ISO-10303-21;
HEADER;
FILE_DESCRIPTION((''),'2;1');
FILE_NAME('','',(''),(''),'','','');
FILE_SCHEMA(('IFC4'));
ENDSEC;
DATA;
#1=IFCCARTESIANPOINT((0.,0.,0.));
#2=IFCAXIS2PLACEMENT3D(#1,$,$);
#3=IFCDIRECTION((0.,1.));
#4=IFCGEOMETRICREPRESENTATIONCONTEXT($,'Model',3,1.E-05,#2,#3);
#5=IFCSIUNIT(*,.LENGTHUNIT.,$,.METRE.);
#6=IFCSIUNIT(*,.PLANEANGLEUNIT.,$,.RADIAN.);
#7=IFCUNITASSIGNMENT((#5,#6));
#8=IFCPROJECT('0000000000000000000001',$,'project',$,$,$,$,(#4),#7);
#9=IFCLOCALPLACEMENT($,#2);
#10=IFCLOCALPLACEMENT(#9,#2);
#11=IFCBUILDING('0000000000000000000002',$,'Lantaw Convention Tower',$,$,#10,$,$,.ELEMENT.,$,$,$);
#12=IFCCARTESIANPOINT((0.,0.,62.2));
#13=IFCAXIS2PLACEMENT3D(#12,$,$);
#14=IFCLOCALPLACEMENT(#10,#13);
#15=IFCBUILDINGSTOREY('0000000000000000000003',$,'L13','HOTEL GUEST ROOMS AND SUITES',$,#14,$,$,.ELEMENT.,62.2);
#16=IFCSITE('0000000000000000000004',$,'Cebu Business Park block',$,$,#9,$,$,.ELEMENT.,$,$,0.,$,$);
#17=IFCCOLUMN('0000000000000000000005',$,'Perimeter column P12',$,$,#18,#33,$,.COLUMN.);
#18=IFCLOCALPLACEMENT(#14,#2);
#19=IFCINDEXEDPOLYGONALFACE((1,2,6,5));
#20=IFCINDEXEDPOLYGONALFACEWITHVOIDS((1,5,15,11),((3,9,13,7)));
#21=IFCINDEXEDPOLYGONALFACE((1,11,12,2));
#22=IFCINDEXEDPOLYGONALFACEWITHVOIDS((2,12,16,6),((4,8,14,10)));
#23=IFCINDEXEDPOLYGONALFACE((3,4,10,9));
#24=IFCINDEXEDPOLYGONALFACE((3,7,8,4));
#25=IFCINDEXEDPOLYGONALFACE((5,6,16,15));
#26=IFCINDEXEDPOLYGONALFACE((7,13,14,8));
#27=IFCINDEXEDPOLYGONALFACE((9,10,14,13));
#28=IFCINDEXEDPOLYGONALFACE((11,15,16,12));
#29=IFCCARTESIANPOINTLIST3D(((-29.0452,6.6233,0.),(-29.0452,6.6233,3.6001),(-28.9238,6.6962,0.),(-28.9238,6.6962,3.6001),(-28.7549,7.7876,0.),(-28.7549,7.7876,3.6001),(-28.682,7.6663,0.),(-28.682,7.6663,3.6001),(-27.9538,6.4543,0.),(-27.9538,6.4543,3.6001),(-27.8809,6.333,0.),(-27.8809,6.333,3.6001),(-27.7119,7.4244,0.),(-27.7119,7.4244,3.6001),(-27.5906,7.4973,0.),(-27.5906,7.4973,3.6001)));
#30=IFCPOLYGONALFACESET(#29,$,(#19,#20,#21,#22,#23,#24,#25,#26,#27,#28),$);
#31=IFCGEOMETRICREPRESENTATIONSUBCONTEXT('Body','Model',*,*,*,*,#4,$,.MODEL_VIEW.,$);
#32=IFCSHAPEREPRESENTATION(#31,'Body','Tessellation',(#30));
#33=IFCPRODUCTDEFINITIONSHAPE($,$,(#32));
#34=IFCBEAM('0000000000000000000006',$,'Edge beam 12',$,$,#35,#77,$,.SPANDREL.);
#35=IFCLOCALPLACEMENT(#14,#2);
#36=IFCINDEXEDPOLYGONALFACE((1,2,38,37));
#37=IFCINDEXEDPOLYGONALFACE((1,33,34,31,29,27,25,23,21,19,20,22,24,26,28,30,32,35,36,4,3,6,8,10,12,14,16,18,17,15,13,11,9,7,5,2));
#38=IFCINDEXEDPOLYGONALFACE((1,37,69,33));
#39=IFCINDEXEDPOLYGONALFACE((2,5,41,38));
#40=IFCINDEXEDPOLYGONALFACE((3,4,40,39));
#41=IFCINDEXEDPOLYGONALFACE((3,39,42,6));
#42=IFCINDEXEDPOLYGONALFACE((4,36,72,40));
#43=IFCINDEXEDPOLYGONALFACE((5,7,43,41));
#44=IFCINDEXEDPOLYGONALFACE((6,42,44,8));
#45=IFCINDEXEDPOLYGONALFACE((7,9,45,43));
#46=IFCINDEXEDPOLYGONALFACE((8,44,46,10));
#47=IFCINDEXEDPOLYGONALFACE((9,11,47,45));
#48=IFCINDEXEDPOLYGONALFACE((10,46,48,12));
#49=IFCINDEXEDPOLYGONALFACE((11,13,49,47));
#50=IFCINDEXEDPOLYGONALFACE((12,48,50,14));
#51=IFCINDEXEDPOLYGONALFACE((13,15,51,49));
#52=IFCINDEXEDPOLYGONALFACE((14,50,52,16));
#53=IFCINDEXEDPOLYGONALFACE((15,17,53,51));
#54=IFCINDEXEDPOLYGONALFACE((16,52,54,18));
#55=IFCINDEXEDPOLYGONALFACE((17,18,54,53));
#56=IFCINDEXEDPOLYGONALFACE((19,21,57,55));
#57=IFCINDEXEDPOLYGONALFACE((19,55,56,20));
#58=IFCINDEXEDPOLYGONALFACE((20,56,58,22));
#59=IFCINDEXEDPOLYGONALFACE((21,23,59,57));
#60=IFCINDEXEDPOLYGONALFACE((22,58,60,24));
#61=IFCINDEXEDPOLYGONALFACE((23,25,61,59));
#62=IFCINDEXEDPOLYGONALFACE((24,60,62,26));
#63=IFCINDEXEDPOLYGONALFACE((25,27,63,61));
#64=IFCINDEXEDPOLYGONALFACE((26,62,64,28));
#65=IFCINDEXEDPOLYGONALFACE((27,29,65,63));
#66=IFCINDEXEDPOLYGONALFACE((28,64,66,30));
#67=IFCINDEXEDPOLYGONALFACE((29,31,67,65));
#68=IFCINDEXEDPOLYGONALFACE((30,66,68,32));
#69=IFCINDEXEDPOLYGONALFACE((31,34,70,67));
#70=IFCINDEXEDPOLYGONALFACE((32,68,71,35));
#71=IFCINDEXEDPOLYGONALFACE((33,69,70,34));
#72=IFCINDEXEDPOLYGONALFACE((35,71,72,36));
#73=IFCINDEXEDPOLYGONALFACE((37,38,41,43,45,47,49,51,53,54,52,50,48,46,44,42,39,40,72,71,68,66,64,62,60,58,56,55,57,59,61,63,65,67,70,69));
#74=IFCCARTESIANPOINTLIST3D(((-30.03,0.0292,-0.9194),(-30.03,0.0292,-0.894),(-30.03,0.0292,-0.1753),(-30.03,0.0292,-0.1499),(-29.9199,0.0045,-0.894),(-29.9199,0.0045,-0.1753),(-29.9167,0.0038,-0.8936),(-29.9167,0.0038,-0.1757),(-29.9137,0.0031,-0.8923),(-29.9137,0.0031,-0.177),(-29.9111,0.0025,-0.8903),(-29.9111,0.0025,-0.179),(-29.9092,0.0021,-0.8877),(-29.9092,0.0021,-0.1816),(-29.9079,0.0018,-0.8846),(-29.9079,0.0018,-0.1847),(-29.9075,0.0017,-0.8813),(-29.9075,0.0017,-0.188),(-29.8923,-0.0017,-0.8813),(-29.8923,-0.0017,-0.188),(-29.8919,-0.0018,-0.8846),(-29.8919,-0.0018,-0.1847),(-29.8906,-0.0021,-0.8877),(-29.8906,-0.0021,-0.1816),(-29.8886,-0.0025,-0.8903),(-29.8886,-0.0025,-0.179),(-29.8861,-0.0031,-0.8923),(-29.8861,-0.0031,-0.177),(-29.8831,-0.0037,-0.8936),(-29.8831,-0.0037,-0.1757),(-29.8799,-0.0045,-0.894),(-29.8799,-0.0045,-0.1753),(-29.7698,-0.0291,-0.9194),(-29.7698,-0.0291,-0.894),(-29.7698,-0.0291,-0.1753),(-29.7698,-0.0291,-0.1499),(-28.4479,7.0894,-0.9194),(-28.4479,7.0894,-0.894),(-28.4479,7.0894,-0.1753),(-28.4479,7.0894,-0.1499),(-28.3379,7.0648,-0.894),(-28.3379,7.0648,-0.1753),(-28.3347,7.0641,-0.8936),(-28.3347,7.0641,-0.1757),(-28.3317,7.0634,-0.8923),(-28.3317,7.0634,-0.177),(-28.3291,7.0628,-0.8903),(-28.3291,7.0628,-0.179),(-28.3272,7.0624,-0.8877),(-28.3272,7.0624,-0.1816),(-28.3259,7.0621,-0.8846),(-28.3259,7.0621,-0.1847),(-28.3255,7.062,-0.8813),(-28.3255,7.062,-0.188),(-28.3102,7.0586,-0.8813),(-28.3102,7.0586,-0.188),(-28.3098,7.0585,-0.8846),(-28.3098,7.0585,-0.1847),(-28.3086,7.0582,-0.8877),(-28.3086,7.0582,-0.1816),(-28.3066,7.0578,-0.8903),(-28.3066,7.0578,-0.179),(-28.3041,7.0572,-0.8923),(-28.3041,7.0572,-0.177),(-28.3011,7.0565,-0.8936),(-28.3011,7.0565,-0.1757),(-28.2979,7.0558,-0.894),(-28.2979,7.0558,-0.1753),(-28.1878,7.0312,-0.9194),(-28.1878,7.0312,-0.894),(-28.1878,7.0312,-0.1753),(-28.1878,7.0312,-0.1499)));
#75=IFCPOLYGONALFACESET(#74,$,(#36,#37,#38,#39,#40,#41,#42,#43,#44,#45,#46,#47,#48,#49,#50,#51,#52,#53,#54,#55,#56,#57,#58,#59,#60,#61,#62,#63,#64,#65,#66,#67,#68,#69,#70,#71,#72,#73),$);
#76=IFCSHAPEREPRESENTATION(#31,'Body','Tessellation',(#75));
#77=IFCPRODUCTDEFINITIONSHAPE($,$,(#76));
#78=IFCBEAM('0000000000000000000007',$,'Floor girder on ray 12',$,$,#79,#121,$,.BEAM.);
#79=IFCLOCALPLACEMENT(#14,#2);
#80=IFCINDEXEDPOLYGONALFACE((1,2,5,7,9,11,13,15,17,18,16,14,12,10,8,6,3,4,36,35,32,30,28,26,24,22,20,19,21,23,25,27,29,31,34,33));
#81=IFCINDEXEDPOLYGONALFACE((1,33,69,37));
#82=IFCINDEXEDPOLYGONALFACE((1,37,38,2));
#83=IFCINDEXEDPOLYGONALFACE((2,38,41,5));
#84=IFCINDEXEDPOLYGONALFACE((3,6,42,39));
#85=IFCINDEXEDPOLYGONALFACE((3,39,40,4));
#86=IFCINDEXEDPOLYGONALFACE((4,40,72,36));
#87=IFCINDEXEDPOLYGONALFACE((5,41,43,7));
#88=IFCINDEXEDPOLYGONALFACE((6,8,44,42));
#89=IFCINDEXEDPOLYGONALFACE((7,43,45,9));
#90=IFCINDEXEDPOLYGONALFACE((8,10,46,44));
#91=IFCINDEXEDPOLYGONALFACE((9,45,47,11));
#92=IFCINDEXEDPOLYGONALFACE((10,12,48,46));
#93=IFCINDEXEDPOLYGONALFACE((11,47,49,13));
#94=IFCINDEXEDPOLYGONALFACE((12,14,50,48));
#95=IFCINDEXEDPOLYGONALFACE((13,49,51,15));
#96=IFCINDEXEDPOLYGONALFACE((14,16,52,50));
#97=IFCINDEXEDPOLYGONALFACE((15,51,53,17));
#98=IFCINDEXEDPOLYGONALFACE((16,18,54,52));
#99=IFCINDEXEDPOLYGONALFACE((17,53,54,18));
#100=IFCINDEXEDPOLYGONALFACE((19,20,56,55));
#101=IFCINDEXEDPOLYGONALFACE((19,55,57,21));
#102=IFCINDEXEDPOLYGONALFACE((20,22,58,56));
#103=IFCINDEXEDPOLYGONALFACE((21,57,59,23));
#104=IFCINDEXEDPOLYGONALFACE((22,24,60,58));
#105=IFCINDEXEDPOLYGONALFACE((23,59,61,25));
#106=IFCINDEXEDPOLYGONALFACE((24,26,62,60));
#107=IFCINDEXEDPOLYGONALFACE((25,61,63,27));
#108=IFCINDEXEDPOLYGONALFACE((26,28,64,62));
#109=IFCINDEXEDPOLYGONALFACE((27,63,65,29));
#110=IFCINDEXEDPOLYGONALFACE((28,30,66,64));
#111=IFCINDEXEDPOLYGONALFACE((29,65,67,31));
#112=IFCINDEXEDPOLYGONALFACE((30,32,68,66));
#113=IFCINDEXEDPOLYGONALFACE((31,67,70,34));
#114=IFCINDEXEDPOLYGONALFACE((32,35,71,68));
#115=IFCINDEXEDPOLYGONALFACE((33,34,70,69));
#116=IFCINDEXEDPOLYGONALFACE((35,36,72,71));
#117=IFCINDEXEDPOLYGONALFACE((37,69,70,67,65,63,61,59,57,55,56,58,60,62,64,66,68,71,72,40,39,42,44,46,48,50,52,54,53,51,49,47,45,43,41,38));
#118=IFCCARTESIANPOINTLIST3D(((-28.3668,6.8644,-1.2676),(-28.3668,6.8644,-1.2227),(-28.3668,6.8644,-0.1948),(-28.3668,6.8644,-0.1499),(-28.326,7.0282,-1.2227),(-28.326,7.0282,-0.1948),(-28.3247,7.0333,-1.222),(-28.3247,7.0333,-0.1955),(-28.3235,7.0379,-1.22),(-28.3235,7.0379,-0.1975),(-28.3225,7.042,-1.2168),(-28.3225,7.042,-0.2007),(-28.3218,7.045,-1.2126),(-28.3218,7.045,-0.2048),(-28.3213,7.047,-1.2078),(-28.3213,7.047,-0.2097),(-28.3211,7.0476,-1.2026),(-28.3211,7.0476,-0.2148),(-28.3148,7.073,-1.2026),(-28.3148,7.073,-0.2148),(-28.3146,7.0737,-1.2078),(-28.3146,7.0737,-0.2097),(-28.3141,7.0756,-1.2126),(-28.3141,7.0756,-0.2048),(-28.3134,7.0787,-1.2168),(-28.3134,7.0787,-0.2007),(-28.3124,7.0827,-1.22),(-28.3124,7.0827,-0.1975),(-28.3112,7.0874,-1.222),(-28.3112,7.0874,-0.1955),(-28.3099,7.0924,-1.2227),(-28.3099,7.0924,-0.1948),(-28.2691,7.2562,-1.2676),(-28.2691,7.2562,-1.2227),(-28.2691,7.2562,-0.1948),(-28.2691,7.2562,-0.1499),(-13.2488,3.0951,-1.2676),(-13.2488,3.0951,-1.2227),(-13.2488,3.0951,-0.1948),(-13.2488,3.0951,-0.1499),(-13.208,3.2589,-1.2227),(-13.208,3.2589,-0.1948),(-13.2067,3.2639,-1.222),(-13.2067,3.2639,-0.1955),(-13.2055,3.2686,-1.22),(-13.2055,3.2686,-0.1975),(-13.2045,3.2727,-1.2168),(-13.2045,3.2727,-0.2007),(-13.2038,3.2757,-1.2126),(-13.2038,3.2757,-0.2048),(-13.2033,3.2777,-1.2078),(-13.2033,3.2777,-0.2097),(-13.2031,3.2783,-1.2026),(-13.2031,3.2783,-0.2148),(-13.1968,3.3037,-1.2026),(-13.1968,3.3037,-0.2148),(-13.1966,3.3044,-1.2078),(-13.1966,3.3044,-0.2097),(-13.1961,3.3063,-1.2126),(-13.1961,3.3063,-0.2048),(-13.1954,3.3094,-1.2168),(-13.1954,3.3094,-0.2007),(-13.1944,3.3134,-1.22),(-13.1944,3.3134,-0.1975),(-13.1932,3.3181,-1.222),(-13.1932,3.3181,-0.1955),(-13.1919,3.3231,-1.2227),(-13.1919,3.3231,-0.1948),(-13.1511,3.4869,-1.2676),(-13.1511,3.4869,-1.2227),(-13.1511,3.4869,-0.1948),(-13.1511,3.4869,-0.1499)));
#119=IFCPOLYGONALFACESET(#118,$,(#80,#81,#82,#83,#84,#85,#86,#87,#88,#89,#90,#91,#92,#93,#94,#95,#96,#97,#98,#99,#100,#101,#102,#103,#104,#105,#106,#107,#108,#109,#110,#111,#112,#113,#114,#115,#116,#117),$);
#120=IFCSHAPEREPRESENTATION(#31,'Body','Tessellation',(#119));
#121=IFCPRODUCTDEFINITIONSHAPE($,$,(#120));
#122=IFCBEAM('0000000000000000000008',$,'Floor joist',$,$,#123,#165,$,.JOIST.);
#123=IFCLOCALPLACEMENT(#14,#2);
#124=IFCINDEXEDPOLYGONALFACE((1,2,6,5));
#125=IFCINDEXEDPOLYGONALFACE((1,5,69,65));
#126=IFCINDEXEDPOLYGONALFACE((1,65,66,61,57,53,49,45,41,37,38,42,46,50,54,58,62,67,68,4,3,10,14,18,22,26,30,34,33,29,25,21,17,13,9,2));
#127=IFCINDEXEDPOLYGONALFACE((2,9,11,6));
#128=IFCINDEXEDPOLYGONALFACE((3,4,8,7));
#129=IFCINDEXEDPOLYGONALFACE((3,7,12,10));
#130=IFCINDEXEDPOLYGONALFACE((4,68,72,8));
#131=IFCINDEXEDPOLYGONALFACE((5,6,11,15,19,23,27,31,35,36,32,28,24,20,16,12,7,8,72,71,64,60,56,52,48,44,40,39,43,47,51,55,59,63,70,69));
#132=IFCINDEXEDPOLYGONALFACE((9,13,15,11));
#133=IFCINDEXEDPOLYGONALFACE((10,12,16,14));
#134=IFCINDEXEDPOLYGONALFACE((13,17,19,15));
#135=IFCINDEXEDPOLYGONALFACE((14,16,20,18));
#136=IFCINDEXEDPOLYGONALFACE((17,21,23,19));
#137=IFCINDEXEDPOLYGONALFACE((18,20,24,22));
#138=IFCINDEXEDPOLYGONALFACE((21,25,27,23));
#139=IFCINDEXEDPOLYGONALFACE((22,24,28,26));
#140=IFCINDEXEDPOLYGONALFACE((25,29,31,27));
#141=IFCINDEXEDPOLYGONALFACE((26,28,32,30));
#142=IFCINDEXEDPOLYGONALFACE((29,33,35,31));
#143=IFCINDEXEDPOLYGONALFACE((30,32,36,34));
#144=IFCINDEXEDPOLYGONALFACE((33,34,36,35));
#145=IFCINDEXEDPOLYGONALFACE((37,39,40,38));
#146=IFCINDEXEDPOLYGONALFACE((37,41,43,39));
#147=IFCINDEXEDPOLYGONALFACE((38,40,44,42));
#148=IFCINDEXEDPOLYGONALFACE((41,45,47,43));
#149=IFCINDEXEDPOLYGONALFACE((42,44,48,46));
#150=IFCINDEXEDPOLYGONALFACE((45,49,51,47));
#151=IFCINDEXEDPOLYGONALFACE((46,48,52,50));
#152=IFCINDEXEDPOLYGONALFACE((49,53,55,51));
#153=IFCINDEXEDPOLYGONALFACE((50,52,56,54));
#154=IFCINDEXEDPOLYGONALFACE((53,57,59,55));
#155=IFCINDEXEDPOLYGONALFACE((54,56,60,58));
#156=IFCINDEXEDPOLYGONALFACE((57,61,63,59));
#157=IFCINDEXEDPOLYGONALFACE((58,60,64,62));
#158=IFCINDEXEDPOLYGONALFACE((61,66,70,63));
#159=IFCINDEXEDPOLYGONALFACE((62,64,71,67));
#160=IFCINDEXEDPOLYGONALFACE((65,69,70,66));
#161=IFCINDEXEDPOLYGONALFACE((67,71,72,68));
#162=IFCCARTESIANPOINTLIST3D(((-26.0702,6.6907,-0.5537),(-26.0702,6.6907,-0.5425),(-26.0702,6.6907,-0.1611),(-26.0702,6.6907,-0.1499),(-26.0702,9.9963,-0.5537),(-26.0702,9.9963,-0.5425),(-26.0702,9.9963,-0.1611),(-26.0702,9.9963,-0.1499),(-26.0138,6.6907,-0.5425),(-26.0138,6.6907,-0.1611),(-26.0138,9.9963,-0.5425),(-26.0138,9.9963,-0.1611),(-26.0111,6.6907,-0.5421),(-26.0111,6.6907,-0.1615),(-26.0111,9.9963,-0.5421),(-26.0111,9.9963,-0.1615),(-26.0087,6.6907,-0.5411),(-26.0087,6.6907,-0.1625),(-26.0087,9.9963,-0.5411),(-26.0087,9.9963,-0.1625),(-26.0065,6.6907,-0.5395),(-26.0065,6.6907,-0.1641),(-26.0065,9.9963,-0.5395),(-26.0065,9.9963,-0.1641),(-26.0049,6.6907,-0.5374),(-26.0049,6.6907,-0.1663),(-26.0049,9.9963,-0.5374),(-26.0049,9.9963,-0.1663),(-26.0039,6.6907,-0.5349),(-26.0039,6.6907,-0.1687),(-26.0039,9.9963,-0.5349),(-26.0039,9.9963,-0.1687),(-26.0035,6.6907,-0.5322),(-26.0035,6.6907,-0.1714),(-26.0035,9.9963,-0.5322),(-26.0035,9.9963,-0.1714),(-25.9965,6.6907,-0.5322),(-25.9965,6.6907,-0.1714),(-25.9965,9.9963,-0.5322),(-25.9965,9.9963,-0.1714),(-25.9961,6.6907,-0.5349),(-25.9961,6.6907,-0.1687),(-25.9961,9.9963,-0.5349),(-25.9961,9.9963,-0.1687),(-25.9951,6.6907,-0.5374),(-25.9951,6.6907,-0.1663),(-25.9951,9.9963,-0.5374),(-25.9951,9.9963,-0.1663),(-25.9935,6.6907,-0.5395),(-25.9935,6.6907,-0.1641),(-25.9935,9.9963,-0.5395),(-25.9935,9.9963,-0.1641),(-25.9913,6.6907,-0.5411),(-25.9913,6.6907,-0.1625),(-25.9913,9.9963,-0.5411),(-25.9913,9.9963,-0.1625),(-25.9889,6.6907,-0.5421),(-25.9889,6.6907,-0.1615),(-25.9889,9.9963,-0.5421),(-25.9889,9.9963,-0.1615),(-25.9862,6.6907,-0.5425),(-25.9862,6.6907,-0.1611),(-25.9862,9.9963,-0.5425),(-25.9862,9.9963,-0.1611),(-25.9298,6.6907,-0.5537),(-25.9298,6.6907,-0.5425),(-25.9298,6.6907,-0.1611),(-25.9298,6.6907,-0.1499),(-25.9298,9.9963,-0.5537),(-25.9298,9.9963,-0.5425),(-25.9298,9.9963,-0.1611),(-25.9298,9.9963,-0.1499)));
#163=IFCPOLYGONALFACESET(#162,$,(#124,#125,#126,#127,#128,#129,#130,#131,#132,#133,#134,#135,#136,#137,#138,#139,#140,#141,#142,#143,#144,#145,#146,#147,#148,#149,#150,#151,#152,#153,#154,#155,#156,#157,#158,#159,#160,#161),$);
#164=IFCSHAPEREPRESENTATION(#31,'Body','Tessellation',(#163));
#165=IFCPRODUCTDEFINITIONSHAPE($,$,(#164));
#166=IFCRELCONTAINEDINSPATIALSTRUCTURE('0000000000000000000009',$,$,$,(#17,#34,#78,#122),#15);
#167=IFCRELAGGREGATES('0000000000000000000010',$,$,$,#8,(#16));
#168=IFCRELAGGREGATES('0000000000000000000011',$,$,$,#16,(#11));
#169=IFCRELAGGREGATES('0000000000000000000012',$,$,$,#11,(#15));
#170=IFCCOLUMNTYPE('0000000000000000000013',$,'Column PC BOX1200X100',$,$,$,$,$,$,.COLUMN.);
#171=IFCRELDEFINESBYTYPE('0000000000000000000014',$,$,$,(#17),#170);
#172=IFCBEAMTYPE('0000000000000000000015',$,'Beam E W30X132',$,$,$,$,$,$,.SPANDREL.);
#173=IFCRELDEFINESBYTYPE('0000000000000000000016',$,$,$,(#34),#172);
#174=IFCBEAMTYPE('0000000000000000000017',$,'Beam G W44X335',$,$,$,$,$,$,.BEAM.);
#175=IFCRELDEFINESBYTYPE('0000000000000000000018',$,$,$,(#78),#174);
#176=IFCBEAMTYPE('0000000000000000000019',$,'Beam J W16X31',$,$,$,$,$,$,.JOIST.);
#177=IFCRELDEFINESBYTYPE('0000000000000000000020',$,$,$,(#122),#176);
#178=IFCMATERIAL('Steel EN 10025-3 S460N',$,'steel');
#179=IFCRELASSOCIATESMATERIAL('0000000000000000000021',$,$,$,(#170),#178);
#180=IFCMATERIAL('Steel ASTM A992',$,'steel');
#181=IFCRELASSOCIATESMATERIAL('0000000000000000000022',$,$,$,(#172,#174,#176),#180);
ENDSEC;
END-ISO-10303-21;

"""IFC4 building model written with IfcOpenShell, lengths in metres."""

from ifc_helpers import new_model, si_unit, direction, frame, origin, origin_2d, place, context, subcontext, project, spatial, rectangle, hollow_rectangle, i_section, extrude, material, material_profile, profile_set, type_object, element, save


model = new_model("IFC4")

# Units and contexts
model_context = context("Model", 3, precision=1e-05, world=origin(), true_north=direction((0.0, 1.0)))
body_context = subcontext(model_context, "Body", "Model", "MODEL_VIEW")
ifc_project = project(units=[si_unit("LENGTHUNIT", "METRE"), si_unit("PLANEANGLEUNIT", "RADIAN")], contexts=[model_context])

# Site, building, storey
site_placement = place(None, origin())
site = spatial("IfcSite", under=ifc_project, at=site_placement, Name="Cebu Business Park block", CompositionType="ELEMENT", RefElevation=0.0)
building_placement = place(site_placement, origin())
building = spatial("IfcBuilding", under=site, at=building_placement, Name="Lantaw Convention Tower", CompositionType="ELEMENT")
storey_placement = place(building_placement, frame((0.0, 0.0, 62.2)))
storey = spatial("IfcBuildingStorey", under=building, at=storey_placement, Name="L13", Description="HOTEL GUEST ROOMS AND SUITES", CompositionType="ELEMENT", Elevation=62.2)

# Column
ifc_material_1 = material(Name="Steel EN 10025-3 S460N", Category="steel")
ifc_material_profile_1 = material_profile(ifc_material_1, hollow_rectangle(XDim=1.2, YDim=1.2, WallThickness=0.1001, at=origin_2d()), Name="BOX1200X100")
ifc_material_2 = material(Name="Concrete C60/75", Category="concrete")
ifc_material_profile_2 = material_profile(ifc_material_2, rectangle(XDim=1.0, YDim=1.0, at=origin_2d()), Name="Concrete fill of BOX1200X100")
ifc_profile_set_1 = profile_set([ifc_material_profile_1, ifc_material_profile_2], Name="Steel EN 10025-3 S460N")
column_type = type_object("IfcColumnType", Name="Column PC BOX1200X100", PredefinedType="COLUMN", material=ifc_profile_set_1)
column_placement = place(storey_placement, frame((-28.3179, 7.0603, 0.0), z_axis=(0.0, 0.0, 1.0), x_axis=(0.241922, 0.970296, 0.0)))
element("IfcColumn", 1, at=column_placement, inside=storey, type_object=column_type, Name="Perimeter column P12", PredefinedType="COLUMN", context=body_context, shape_type="SweptSolid", body=[
    extrude(hollow_rectangle(XDim=1.2, YDim=1.2, WallThickness=0.1001, at=origin_2d()), origin(), (0.0, 0.0, 1.0), 3.6001),
])

# Beams
ifc_material_3 = material(Name="Steel ASTM A992", Category="steel")
ifc_material_profile_3 = material_profile(ifc_material_3, i_section(OverallWidth=0.2666, OverallDepth=0.7695, WebThickness=0.0156, FlangeThickness=0.0254, FilletRadius=0.0127, at=origin_2d()), Name="W30X132")
ifc_profile_set_2 = profile_set([ifc_material_profile_3], Name="Steel ASTM A992")
beam_type_1 = type_object("IfcBeamType", Name="Beam E W30X132", PredefinedType="SPANDREL", material=ifc_profile_set_2)
beam_1_placement = place(storey_placement, frame((-28.3179, 7.0603, -0.5347), z_axis=(-0.218652, -0.975803, 0.0), x_axis=(0.975803, -0.218652, 0.0)))
element("IfcBeam", 2, at=beam_1_placement, inside=storey, type_object=beam_type_1, Name="Edge beam 12", PredefinedType="SPANDREL", context=body_context, shape_type="SweptSolid", body=[
    extrude(i_section(OverallWidth=0.2666, OverallDepth=0.7695, WebThickness=0.0156, FlangeThickness=0.0254, FilletRadius=0.0127, at=origin_2d()), origin(), (0.0, 0.0, 1.0), 7.2354),
])
ifc_material_profile_4 = material_profile(ifc_material_3, i_section(OverallWidth=0.4038, OverallDepth=1.1177, WebThickness=0.0261, FlangeThickness=0.0449, FilletRadius=0.02, at=origin_2d()), Name="W44X335")
ifc_profile_set_3 = profile_set([ifc_material_profile_4], Name="Steel ASTM A992")
beam_type_2 = type_object("IfcBeamType", Name="Beam G W44X335", PredefinedType="BEAM", material=ifc_profile_set_3)
beam_2_placement = place(storey_placement, frame((-13.2, 3.291, -0.7087), z_axis=(-0.970296, 0.24192, 0.0), x_axis=(-0.24192, -0.970296, 0.0)))
element("IfcBeam", 3, at=beam_2_placement, inside=storey, type_object=beam_type_2, Name="Floor girder on ray 12", PredefinedType="BEAM", context=body_context, shape_type="SweptSolid", body=[
    extrude(i_section(OverallWidth=0.4038, OverallDepth=1.1177, WebThickness=0.0261, FlangeThickness=0.0449, FilletRadius=0.02, at=origin_2d()), origin(), (0.0, 0.0, 1.0), 15.5808),
])
ifc_material_profile_5 = material_profile(ifc_material_3, i_section(OverallWidth=0.1404, OverallDepth=0.4038, WebThickness=0.0071, FlangeThickness=0.0112, FilletRadius=0.0103, at=origin_2d()), Name="W16X31")
ifc_profile_set_4 = profile_set([ifc_material_profile_5], Name="Steel ASTM A992")
beam_type_3 = type_object("IfcBeamType", Name="Beam J W16X31", PredefinedType="JOIST", material=ifc_profile_set_4)
beam_3_placement = place(storey_placement, frame((-26.0, 6.6907, -0.3518), z_axis=(0.0, 1.0, 0.0), x_axis=(-1.0, 0.0, 0.0)))
element("IfcBeam", 4, at=beam_3_placement, inside=storey, type_object=beam_type_3, Name="Floor joist", PredefinedType="JOIST", context=body_context, shape_type="SweptSolid", body=[
    extrude(i_section(OverallWidth=0.1404, OverallDepth=0.4038, WebThickness=0.0071, FlangeThickness=0.0112, FilletRadius=0.0103, at=origin_2d()), origin(), (0.0, 0.0, 1.0), 3.3057),
])

save(model, "model.ifc")
